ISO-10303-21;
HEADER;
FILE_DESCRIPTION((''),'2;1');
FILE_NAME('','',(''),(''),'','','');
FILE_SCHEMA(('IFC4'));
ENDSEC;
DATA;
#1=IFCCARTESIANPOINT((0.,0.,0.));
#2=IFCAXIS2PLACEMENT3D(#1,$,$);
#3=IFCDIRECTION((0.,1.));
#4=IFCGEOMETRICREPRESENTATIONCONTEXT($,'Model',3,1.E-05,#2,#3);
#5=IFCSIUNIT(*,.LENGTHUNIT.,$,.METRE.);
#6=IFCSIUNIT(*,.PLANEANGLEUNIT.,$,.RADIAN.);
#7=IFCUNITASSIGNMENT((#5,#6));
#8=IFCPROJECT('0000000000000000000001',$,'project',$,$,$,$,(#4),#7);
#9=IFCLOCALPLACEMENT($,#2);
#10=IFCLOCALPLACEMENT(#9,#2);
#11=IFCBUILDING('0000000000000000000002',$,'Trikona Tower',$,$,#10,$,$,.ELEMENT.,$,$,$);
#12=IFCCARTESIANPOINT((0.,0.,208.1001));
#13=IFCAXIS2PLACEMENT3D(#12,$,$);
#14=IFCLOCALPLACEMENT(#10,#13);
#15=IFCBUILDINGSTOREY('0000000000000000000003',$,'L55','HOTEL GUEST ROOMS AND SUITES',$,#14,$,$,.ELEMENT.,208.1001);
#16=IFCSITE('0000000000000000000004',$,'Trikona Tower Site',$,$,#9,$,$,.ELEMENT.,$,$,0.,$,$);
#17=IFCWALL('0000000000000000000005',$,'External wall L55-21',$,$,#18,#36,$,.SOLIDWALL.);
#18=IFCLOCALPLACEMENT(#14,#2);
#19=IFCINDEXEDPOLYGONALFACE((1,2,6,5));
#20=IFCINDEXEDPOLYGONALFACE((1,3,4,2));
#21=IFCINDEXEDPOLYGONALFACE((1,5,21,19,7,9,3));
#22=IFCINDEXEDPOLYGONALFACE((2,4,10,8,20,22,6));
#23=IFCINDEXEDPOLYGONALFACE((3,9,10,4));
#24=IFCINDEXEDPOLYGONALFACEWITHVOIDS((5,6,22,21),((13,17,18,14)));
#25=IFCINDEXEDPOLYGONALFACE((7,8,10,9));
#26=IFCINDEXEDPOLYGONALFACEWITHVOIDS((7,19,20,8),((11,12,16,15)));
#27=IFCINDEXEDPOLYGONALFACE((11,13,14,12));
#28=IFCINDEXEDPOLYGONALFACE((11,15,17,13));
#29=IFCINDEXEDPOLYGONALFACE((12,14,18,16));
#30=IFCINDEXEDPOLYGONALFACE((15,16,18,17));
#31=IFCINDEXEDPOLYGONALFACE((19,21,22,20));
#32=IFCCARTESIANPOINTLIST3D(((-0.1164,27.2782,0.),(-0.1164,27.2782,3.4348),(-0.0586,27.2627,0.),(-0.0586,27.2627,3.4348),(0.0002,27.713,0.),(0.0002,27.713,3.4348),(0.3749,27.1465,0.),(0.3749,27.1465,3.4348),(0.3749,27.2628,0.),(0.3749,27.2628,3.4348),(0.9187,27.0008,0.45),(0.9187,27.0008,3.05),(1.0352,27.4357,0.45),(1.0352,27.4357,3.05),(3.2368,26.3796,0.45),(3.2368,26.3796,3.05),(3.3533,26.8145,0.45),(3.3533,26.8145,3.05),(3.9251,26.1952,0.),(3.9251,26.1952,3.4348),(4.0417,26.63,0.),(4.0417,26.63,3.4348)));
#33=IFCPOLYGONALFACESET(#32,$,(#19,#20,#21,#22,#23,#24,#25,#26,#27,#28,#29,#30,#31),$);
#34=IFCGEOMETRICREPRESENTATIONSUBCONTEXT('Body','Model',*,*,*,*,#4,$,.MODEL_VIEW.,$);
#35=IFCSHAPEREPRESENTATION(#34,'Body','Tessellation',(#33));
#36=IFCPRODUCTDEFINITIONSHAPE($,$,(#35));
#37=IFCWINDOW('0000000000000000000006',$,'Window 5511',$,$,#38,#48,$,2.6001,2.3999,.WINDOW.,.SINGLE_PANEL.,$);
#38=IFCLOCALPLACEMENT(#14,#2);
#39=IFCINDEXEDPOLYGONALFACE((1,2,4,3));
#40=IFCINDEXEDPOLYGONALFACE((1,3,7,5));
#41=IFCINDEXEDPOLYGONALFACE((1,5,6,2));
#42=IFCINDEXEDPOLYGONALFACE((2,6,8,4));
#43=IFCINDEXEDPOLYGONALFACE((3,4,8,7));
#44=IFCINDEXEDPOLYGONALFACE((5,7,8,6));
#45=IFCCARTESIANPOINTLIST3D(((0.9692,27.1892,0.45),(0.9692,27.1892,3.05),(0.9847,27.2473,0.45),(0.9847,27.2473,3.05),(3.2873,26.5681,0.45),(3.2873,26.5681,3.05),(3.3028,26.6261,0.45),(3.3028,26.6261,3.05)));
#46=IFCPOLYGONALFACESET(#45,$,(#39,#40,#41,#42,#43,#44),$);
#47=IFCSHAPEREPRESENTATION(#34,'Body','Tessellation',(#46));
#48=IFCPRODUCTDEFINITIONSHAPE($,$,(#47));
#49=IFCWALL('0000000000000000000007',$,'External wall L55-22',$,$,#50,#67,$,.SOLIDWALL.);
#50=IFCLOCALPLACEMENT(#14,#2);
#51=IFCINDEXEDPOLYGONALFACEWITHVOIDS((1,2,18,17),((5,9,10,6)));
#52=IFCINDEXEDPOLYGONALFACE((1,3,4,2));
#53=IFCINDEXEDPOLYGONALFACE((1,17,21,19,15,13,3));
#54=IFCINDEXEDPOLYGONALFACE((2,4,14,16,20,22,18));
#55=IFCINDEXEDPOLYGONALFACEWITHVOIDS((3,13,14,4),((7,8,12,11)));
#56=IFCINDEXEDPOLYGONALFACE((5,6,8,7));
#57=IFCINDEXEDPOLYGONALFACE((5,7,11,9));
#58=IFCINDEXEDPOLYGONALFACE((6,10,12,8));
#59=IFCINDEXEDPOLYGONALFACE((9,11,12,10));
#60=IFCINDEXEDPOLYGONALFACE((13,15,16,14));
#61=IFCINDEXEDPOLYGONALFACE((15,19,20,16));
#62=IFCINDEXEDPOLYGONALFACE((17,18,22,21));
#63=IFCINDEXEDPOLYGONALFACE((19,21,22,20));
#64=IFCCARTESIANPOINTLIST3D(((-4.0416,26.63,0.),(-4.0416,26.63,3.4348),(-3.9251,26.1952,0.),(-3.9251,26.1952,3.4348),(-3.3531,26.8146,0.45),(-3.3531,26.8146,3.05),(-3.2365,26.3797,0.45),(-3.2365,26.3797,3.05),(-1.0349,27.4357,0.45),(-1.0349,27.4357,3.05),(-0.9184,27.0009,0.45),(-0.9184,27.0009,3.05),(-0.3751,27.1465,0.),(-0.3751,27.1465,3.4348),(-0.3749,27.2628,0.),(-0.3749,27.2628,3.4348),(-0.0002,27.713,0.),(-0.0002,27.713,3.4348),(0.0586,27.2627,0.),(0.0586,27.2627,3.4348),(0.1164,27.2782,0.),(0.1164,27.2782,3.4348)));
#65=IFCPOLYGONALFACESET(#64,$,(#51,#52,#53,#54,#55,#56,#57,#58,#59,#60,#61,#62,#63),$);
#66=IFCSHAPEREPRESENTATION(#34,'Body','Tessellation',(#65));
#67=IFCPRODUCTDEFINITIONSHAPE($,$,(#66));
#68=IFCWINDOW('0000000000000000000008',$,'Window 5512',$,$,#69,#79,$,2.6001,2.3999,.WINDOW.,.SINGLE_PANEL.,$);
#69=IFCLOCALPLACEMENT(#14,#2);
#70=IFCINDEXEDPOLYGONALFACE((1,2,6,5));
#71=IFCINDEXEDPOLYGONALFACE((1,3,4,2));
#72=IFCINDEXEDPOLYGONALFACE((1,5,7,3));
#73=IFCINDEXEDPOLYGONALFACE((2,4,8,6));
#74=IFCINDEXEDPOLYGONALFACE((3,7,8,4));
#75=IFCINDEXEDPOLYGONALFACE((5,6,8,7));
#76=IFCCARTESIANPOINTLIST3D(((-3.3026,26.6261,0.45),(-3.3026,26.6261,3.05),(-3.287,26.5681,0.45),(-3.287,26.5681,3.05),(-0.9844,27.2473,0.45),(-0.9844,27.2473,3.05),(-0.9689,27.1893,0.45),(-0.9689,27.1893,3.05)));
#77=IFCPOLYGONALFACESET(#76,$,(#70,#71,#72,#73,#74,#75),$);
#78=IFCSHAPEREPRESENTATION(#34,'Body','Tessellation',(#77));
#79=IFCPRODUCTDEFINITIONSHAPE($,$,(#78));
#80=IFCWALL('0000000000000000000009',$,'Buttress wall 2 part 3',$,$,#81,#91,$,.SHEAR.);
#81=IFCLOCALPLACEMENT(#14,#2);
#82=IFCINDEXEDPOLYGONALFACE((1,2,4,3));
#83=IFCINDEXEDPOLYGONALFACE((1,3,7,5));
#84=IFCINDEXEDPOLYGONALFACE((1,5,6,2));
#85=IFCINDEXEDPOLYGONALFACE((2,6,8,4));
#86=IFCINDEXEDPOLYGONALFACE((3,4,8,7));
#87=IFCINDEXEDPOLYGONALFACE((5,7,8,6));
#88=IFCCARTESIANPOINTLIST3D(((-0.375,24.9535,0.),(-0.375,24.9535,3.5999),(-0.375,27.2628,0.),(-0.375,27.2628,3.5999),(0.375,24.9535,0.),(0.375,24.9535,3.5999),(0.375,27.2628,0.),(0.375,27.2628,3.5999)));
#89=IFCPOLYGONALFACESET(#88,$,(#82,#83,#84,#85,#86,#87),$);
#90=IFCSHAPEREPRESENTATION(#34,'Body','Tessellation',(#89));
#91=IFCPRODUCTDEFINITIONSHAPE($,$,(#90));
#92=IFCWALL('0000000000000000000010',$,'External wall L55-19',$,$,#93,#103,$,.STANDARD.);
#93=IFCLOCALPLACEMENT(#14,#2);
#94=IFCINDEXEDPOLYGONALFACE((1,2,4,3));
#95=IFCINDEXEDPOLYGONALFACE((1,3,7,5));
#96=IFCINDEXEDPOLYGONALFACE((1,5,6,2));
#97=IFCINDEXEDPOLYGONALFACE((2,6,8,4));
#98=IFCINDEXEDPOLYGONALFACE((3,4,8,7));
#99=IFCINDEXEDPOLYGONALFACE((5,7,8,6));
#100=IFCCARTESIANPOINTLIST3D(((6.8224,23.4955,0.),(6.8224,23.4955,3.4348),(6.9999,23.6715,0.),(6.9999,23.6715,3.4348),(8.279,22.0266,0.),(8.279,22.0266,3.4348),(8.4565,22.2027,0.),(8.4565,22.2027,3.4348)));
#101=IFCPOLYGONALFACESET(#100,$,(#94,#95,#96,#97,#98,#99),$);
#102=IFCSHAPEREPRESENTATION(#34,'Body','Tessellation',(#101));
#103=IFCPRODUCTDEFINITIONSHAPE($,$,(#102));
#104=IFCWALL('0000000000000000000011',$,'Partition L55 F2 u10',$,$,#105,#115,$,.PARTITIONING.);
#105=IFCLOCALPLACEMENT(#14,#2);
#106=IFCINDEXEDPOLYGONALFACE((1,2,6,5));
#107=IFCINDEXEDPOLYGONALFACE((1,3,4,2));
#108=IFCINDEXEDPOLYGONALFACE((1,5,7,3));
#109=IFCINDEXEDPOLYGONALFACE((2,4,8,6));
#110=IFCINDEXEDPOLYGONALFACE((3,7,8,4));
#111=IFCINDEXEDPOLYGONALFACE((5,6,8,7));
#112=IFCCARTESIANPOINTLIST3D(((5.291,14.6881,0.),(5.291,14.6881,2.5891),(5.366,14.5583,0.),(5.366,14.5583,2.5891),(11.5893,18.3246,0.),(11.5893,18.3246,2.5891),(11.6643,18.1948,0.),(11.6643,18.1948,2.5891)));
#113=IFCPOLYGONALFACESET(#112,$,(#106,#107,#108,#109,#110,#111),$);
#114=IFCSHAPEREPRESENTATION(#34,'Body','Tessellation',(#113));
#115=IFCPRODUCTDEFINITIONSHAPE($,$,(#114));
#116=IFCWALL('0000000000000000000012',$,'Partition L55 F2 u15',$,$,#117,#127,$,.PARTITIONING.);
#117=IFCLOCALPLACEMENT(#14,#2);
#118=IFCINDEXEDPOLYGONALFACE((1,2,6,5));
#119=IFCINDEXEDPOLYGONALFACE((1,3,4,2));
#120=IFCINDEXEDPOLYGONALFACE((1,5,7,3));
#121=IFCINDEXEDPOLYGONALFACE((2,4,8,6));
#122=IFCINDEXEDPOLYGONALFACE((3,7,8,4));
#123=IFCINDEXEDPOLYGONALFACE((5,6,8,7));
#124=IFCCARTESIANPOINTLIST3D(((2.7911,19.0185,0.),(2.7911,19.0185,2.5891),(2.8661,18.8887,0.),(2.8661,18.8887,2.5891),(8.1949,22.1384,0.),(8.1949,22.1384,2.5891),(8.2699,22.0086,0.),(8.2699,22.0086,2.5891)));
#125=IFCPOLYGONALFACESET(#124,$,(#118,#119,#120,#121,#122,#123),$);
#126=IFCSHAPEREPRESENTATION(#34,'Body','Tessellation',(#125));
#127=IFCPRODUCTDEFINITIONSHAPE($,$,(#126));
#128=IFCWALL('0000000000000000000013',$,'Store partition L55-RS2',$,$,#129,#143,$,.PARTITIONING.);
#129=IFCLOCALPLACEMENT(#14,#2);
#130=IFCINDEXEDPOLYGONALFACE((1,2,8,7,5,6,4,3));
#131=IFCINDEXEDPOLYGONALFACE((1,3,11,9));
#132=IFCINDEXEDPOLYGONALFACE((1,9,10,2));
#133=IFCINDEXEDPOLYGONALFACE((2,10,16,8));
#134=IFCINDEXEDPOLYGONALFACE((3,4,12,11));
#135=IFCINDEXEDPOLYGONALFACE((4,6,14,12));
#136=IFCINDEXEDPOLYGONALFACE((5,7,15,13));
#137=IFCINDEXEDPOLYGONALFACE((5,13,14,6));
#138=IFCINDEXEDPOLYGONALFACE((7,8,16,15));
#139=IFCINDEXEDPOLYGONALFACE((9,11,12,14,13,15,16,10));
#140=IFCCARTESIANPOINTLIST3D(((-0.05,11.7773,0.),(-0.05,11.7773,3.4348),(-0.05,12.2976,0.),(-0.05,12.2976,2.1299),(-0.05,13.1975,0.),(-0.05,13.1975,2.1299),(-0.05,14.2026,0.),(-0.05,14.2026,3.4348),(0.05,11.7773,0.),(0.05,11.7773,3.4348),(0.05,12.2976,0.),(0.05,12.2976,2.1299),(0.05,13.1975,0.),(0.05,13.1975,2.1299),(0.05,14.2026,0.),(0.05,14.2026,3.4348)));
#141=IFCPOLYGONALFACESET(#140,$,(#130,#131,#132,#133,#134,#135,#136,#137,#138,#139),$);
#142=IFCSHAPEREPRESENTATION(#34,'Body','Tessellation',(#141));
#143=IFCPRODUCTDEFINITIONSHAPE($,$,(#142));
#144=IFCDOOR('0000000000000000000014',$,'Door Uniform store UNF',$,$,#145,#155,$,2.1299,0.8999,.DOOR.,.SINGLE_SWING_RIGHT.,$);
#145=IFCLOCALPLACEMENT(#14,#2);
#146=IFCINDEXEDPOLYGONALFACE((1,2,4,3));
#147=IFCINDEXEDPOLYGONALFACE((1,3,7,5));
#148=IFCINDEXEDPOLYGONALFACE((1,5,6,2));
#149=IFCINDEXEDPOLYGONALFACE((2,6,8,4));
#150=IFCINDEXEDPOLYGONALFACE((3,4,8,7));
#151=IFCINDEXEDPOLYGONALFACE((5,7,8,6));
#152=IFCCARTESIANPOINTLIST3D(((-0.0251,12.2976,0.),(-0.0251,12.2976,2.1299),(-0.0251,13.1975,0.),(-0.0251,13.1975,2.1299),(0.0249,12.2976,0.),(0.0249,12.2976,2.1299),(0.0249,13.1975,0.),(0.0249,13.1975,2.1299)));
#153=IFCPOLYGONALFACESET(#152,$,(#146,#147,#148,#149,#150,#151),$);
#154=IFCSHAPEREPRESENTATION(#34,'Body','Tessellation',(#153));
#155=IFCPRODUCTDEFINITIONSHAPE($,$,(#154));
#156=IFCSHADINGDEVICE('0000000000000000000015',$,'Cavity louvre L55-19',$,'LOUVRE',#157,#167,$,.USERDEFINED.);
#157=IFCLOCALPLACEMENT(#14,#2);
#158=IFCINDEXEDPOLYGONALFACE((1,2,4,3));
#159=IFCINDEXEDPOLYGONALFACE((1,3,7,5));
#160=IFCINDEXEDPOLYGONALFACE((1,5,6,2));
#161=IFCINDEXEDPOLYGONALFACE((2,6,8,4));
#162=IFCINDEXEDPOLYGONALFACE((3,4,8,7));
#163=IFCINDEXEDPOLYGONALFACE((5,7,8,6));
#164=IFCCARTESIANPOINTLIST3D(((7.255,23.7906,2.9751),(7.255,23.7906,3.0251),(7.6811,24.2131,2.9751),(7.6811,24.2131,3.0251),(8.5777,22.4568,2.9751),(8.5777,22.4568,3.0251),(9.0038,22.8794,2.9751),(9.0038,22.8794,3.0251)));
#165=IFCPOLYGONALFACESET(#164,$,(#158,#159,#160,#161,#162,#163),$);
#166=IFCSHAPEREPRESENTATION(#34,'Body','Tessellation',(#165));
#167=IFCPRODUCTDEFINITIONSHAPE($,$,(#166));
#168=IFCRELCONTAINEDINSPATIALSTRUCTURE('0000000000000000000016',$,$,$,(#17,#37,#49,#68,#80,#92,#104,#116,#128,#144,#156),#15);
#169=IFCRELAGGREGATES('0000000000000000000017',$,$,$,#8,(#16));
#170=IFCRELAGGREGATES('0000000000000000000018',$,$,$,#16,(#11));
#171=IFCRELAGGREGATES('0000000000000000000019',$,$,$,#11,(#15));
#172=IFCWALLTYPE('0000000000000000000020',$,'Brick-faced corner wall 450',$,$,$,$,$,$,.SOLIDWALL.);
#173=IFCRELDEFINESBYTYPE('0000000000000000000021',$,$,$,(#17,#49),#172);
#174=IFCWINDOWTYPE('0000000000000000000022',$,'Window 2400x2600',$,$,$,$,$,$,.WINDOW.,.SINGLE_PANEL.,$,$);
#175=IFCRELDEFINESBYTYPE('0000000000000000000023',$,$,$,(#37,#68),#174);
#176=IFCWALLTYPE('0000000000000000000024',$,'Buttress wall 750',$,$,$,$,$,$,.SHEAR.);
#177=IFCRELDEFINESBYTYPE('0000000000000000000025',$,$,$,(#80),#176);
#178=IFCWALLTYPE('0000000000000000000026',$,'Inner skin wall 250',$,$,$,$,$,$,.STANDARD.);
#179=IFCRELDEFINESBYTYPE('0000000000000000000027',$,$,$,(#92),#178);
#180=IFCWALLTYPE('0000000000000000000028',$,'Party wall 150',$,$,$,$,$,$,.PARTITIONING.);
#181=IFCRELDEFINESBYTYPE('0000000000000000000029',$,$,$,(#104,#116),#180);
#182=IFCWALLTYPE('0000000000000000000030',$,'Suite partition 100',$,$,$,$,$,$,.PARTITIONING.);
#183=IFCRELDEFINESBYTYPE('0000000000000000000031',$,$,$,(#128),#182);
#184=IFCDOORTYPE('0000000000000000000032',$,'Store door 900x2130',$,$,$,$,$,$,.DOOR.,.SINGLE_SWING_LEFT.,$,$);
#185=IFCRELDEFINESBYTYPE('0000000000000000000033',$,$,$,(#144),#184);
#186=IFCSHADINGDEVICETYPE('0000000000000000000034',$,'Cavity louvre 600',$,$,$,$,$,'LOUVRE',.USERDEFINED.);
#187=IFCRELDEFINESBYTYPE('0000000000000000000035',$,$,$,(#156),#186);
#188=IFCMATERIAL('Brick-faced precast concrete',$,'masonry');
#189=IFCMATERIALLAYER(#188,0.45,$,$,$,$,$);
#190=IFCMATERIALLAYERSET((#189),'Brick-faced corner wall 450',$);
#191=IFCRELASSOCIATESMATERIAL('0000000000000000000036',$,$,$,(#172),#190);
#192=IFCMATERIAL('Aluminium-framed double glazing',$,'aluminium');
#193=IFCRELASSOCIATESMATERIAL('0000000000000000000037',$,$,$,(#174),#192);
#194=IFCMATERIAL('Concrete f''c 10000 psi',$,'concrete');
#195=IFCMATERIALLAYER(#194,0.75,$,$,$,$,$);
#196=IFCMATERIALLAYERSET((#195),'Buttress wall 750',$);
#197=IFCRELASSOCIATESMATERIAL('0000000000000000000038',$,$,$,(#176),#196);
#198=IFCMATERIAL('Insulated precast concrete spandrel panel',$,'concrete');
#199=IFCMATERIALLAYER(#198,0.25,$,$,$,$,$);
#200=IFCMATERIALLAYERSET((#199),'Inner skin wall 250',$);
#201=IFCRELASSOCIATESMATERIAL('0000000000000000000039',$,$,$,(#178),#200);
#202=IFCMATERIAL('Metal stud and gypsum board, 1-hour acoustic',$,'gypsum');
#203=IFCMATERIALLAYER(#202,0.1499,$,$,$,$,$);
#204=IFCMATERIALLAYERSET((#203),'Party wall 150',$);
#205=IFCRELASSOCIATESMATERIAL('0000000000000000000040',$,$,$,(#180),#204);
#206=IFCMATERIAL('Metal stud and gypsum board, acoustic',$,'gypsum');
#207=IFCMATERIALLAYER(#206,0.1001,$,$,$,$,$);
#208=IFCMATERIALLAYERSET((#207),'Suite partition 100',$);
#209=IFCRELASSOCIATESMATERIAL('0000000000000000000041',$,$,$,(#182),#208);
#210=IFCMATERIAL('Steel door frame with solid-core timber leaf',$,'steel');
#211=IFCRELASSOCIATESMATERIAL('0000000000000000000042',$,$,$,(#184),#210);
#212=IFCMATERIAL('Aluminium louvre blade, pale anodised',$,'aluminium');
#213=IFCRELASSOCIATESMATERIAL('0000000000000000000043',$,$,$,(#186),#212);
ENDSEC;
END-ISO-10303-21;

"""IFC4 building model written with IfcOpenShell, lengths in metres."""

from ifc_helpers import new_model, si_unit, direction, frame, frame_2d, origin, origin_2d, place, context, subcontext, project, spatial, polyline, rectangle, outline, extrude, material, layer, layer_set, type_object, element, fill, save


model = new_model("IFC4")

# Units and contexts
model_context = context("Model", 3, precision=1e-05, world=origin(), true_north=direction((0.0, 1.0)))
body_context = subcontext(model_context, "Body", "Model", "MODEL_VIEW")
ifc_project = project(units=[si_unit("LENGTHUNIT", "METRE"), si_unit("PLANEANGLEUNIT", "RADIAN")], contexts=[model_context])

# Site, building, storey
site_placement = place(None, origin())
site = spatial("IfcSite", under=ifc_project, at=site_placement, Name="Trikona Tower Site", CompositionType="ELEMENT", RefElevation=0.0)
building_placement = place(site_placement, origin())
building = spatial("IfcBuilding", under=site, at=building_placement, Name="Trikona Tower", CompositionType="ELEMENT")
storey_placement = place(building_placement, frame((0.0, 0.0, 208.1001)))
storey = spatial("IfcBuildingStorey", under=building, at=storey_placement, Name="L55", Description="HOTEL GUEST ROOMS AND SUITES", CompositionType="ELEMENT", Elevation=208.1001)

# Walls, openings, windows
ifc_material_1 = material(Name="Brick-faced precast concrete", Category="masonry")
ifc_layer_1 = layer(ifc_material_1, 0.45)
ifc_layer_set_1 = layer_set([ifc_layer_1], Name="Brick-faced corner wall 450")
wall_type_1 = type_object("IfcWallType", Name="Brick-faced corner wall 450", PredefinedType="SOLIDWALL", material=ifc_layer_set_1)
wall_1_placement = place(storey_placement, frame((3.9834, 26.4126, 0.0), z_axis=(0.0, 0.0, 1.0), x_axis=(-0.96592, 0.258839, 0.0)))
wall_1 = element("IfcWall", 1, at=wall_1_placement, inside=storey, type_object=wall_type_1, Name="External wall L55-21", PredefinedType="SOLIDWALL", context=body_context, shape_type="SweptSolid", body=[
    extrude(outline(polyline([(4.1841, 0.2251), (4.1243, 0.2251), (3.7056, 0.1128), (3.6755, 0.2251), (0.0, 0.2251), (0.0, -0.2251), (4.1841, -0.2251), (4.1841, 0.2251)])), origin(), (0.0, 0.0, 1.0), 3.4348),
])
opening_1_placement = place(wall_1_placement, frame((0.7126, 0.0, 0.45)))
opening_1 = element("IfcOpeningElement", 2, at=opening_1_placement, cuts=wall_1, PredefinedType="OPENING", context=body_context, shape_type="SweptSolid", body=[
    extrude(rectangle(XDim=2.3999, YDim=2.6001, at=frame_2d((1.2, 1.3))), frame((0.0, 0.2349, 0.0), z_axis=(0.0, -1.0, 0.0), x_axis=(1.0, 0.0, 0.0)), (0.0, 0.0, 1.0), 0.47),
])
ifc_material_2 = material(Name="Aluminium-framed double glazing", Category="aluminium")
window_type_1 = type_object("IfcWindowType", Name="Window 2400x2600", PartitioningType="SINGLE_PANEL", PredefinedType="WINDOW", material=ifc_material_2)
window_1_placement = place(opening_1_placement, origin())
window_1 = element("IfcWindow", 3, at=window_1_placement, inside=storey, type_object=window_type_1, Name="Window 5511", OverallHeight=2.6001, OverallWidth=2.3999, PartitioningType="SINGLE_PANEL", PredefinedType="WINDOW", context=body_context, shape_type="SweptSolid", body=[
    extrude(rectangle(XDim=2.3999, YDim=2.6001, at=frame_2d((1.2, 1.3))), frame((0.0, 0.03, 0.0), z_axis=(0.0, -1.0, 0.0), x_axis=(1.0, 0.0, 0.0)), (0.0, 0.0, 1.0), 0.0601),
])
fill(opening_1, window_1)
wall_2_placement = place(storey_placement, frame((0.0581, 27.4956, 0.0), z_axis=(0.0, 0.0, 1.0), x_axis=(-0.96592, -0.258839, 0.0)))
wall_2 = element("IfcWall", 4, at=wall_2_placement, inside=storey, type_object=wall_type_1, Name="External wall L55-22", PredefinedType="SOLIDWALL", context=body_context, shape_type="SweptSolid", body=[
    extrude(outline(polyline([(4.1841, 0.2251), (0.5088, 0.2251), (0.4785, 0.1128), (0.0598, 0.2251), (0.0, 0.2251), (0.0, -0.2251), (4.1841, -0.2251), (4.1841, 0.2251)])), origin(), (0.0, 0.0, 1.0), 3.4348),
])
opening_2_placement = place(wall_2_placement, frame((1.0713, 0.0, 0.45)))
opening_2 = element("IfcOpeningElement", 5, at=opening_2_placement, cuts=wall_2, PredefinedType="OPENING", context=body_context, shape_type="SweptSolid", body=[
    extrude(rectangle(XDim=2.3999, YDim=2.6001, at=frame_2d((1.2, 1.3))), frame((0.0, 0.2349, 0.0), z_axis=(0.0, -1.0, 0.0), x_axis=(1.0, 0.0, 0.0)), (0.0, 0.0, 1.0), 0.47),
])
window_2_placement = place(opening_2_placement, origin())
window_2 = element("IfcWindow", 6, at=window_2_placement, inside=storey, type_object=window_type_1, Name="Window 5512", OverallHeight=2.6001, OverallWidth=2.3999, PartitioningType="SINGLE_PANEL", PredefinedType="WINDOW", context=body_context, shape_type="SweptSolid", body=[
    extrude(rectangle(XDim=2.3999, YDim=2.6001, at=frame_2d((1.2, 1.3))), frame((0.0, 0.03, 0.0), z_axis=(0.0, -1.0, 0.0), x_axis=(1.0, 0.0, 0.0)), (0.0, 0.0, 1.0), 0.0601),
])
fill(opening_2, window_2)

# Walls
ifc_material_3 = material(Name="Concrete f'c 10000 psi", Category="concrete")
ifc_layer_2 = layer(ifc_material_3, 0.75)
ifc_layer_set_2 = layer_set([ifc_layer_2], Name="Buttress wall 750")
wall_type_2 = type_object("IfcWallType", Name="Buttress wall 750", PredefinedType="SHEAR", material=ifc_layer_set_2)
wall_3_placement = place(storey_placement, frame((0.0, 24.9534, 0.0), z_axis=(0.0, 0.0, 1.0), x_axis=(0.0, 1.0, 0.0)))
element("IfcWall", 7, at=wall_3_placement, inside=storey, type_object=wall_type_2, Name="Buttress wall 2 part 3", PredefinedType="SHEAR", context=body_context, shape_type="SweptSolid", body=[
    extrude(rectangle(XDim=2.3093, YDim=0.75, at=frame_2d((1.1548, 0.0))), origin(), (0.0, 0.0, 1.0), 3.5999),
])
ifc_material_4 = material(Name="Insulated precast concrete spandrel panel", Category="concrete")
ifc_layer_3 = layer(ifc_material_4, 0.25)
ifc_layer_set_3 = layer_set([ifc_layer_3], Name="Inner skin wall 250")
wall_type_3 = type_object("IfcWallType", Name="Inner skin wall 250", PredefinedType="STANDARD", material=ifc_layer_set_3)
wall_4_placement = place(storey_placement, frame((8.3677, 22.1147, 0.0), z_axis=(0.0, 0.0, 1.0), x_axis=(-0.70415, 0.710051, 0.0)))
element("IfcWall", 8, at=wall_4_placement, inside=storey, type_object=wall_type_3, Name="External wall L55-19", PredefinedType="STANDARD", context=body_context, shape_type="SweptSolid", body=[
    extrude(rectangle(XDim=2.0686, YDim=0.25, at=frame_2d((1.0342, 0.0))), origin(), (0.0, 0.0, 1.0), 3.4348),
])
ifc_material_5 = material(Name="Metal stud and gypsum board, 1-hour acoustic", Category="gypsum")
ifc_layer_4 = layer(ifc_material_5, 0.1499)
ifc_layer_set_4 = layer_set([ifc_layer_4], Name="Party wall 150")
wall_type_4 = type_object("IfcWallType", Name="Party wall 150", PredefinedType="PARTITIONING", material=ifc_layer_set_4)
wall_5_placement = place(storey_placement, frame((5.3286, 14.6233, 0.0), z_axis=(0.0, 0.0, 1.0), x_axis=(0.866018, 0.500013, 0.0)))
element("IfcWall", 9, at=wall_5_placement, inside=storey, type_object=wall_type_4, Name="Partition L55 F2 u10", PredefinedType="PARTITIONING", context=body_context, shape_type="SweptSolid", body=[
    extrude(rectangle(XDim=7.2727, YDim=0.1499, at=frame_2d((3.6362, 0.0))), origin(), (0.0, 0.0, 1.0), 2.5891),
])
wall_6_placement = place(storey_placement, frame((2.8286, 18.9536, 0.0), z_axis=(0.0, 0.0, 1.0), x_axis=(0.866027, 0.499998, 0.0)))
element("IfcWall", 10, at=wall_6_placement, inside=storey, type_object=wall_type_4, Name="Partition L55 F2 u15", PredefinedType="PARTITIONING", context=body_context, shape_type="SweptSolid", body=[
    extrude(rectangle(XDim=6.2397, YDim=0.1499, at=frame_2d((3.1199, 0.0))), origin(), (0.0, 0.0, 1.0), 2.5891),
])

# Wall, opening, door
ifc_material_6 = material(Name="Metal stud and gypsum board, acoustic", Category="gypsum")
ifc_layer_5 = layer(ifc_material_6, 0.1001)
ifc_layer_set_5 = layer_set([ifc_layer_5], Name="Suite partition 100")
wall_type_5 = type_object("IfcWallType", Name="Suite partition 100", PredefinedType="PARTITIONING", material=ifc_layer_set_5)
wall_7_placement = place(storey_placement, frame((0.0, 14.2026, 0.0), z_axis=(0.0, 0.0, 1.0), x_axis=(0.0, -1.0, 0.0)))
wall_7 = element("IfcWall", 11, at=wall_7_placement, inside=storey, type_object=wall_type_5, Name="Store partition L55-RS2", PredefinedType="PARTITIONING", context=body_context, shape_type="SweptSolid", body=[
    extrude(rectangle(XDim=2.4253, YDim=0.1001, at=frame_2d((1.2126, 0.0))), origin(), (0.0, 0.0, 1.0), 3.4348),
])
opening_3_placement = place(wall_7_placement, frame((1.0051, 0.0, 0.0)))
opening_3 = element("IfcOpeningElement", 12, at=opening_3_placement, cuts=wall_7, PredefinedType="OPENING", context=body_context, shape_type="SweptSolid", body=[
    extrude(rectangle(XDim=0.8999, YDim=2.1299, at=frame_2d((0.45, 1.0649))), frame((0.0, 0.0601, 0.0), z_axis=(0.0, -1.0, 0.0), x_axis=(1.0, 0.0, 0.0)), (0.0, 0.0, 1.0), 0.1201),
])
ifc_material_7 = material(Name="Steel door frame with solid-core timber leaf", Category="steel")
door_type_1 = type_object("IfcDoorType", Name="Store door 900x2130", OperationType="SINGLE_SWING_LEFT", PredefinedType="DOOR", material=ifc_material_7)
door_1_placement = place(opening_3_placement, origin())
door_1 = element("IfcDoor", 13, at=door_1_placement, inside=storey, type_object=door_type_1, Name="Door Uniform store UNF", OperationType="SINGLE_SWING_RIGHT", OverallHeight=2.1299, OverallWidth=0.8999, PredefinedType="DOOR", context=body_context, shape_type="SweptSolid", body=[
    extrude(rectangle(XDim=0.8999, YDim=2.1299, at=frame_2d((0.45, 1.0649))), frame((0.0, 0.0249, 0.0), z_axis=(0.0, -1.0, 0.0), x_axis=(1.0, 0.0, 0.0)), (0.0, 0.0, 1.0), 0.05),
])
fill(opening_3, door_1)

# Shading device
ifc_material_8 = material(Name="Aluminium louvre blade, pale anodised", Category="aluminium")
shading_device_type = type_object("IfcShadingDeviceType", Name="Cavity louvre 600", ElementType="LOUVRE", PredefinedType="USERDEFINED", material=ifc_material_8)
shading_device_placement = place(storey_placement, frame((8.1294, 23.335, 2.9751), z_axis=(0.0, 0.0, 1.0), x_axis=(-0.704151, 0.71005, 0.0)))
element("IfcShadingDevice", 14, at=shading_device_placement, inside=storey, type_object=shading_device_type, Name="Cavity louvre L55-19", ObjectType="LOUVRE", PredefinedType="USERDEFINED", context=body_context, shape_type="SweptSolid", body=[
    extrude(rectangle(XDim=1.8784, YDim=0.6001, at=origin_2d()), origin(), (0.0, 0.0, 1.0), 0.05),
])

save(model, "model.ifc")
